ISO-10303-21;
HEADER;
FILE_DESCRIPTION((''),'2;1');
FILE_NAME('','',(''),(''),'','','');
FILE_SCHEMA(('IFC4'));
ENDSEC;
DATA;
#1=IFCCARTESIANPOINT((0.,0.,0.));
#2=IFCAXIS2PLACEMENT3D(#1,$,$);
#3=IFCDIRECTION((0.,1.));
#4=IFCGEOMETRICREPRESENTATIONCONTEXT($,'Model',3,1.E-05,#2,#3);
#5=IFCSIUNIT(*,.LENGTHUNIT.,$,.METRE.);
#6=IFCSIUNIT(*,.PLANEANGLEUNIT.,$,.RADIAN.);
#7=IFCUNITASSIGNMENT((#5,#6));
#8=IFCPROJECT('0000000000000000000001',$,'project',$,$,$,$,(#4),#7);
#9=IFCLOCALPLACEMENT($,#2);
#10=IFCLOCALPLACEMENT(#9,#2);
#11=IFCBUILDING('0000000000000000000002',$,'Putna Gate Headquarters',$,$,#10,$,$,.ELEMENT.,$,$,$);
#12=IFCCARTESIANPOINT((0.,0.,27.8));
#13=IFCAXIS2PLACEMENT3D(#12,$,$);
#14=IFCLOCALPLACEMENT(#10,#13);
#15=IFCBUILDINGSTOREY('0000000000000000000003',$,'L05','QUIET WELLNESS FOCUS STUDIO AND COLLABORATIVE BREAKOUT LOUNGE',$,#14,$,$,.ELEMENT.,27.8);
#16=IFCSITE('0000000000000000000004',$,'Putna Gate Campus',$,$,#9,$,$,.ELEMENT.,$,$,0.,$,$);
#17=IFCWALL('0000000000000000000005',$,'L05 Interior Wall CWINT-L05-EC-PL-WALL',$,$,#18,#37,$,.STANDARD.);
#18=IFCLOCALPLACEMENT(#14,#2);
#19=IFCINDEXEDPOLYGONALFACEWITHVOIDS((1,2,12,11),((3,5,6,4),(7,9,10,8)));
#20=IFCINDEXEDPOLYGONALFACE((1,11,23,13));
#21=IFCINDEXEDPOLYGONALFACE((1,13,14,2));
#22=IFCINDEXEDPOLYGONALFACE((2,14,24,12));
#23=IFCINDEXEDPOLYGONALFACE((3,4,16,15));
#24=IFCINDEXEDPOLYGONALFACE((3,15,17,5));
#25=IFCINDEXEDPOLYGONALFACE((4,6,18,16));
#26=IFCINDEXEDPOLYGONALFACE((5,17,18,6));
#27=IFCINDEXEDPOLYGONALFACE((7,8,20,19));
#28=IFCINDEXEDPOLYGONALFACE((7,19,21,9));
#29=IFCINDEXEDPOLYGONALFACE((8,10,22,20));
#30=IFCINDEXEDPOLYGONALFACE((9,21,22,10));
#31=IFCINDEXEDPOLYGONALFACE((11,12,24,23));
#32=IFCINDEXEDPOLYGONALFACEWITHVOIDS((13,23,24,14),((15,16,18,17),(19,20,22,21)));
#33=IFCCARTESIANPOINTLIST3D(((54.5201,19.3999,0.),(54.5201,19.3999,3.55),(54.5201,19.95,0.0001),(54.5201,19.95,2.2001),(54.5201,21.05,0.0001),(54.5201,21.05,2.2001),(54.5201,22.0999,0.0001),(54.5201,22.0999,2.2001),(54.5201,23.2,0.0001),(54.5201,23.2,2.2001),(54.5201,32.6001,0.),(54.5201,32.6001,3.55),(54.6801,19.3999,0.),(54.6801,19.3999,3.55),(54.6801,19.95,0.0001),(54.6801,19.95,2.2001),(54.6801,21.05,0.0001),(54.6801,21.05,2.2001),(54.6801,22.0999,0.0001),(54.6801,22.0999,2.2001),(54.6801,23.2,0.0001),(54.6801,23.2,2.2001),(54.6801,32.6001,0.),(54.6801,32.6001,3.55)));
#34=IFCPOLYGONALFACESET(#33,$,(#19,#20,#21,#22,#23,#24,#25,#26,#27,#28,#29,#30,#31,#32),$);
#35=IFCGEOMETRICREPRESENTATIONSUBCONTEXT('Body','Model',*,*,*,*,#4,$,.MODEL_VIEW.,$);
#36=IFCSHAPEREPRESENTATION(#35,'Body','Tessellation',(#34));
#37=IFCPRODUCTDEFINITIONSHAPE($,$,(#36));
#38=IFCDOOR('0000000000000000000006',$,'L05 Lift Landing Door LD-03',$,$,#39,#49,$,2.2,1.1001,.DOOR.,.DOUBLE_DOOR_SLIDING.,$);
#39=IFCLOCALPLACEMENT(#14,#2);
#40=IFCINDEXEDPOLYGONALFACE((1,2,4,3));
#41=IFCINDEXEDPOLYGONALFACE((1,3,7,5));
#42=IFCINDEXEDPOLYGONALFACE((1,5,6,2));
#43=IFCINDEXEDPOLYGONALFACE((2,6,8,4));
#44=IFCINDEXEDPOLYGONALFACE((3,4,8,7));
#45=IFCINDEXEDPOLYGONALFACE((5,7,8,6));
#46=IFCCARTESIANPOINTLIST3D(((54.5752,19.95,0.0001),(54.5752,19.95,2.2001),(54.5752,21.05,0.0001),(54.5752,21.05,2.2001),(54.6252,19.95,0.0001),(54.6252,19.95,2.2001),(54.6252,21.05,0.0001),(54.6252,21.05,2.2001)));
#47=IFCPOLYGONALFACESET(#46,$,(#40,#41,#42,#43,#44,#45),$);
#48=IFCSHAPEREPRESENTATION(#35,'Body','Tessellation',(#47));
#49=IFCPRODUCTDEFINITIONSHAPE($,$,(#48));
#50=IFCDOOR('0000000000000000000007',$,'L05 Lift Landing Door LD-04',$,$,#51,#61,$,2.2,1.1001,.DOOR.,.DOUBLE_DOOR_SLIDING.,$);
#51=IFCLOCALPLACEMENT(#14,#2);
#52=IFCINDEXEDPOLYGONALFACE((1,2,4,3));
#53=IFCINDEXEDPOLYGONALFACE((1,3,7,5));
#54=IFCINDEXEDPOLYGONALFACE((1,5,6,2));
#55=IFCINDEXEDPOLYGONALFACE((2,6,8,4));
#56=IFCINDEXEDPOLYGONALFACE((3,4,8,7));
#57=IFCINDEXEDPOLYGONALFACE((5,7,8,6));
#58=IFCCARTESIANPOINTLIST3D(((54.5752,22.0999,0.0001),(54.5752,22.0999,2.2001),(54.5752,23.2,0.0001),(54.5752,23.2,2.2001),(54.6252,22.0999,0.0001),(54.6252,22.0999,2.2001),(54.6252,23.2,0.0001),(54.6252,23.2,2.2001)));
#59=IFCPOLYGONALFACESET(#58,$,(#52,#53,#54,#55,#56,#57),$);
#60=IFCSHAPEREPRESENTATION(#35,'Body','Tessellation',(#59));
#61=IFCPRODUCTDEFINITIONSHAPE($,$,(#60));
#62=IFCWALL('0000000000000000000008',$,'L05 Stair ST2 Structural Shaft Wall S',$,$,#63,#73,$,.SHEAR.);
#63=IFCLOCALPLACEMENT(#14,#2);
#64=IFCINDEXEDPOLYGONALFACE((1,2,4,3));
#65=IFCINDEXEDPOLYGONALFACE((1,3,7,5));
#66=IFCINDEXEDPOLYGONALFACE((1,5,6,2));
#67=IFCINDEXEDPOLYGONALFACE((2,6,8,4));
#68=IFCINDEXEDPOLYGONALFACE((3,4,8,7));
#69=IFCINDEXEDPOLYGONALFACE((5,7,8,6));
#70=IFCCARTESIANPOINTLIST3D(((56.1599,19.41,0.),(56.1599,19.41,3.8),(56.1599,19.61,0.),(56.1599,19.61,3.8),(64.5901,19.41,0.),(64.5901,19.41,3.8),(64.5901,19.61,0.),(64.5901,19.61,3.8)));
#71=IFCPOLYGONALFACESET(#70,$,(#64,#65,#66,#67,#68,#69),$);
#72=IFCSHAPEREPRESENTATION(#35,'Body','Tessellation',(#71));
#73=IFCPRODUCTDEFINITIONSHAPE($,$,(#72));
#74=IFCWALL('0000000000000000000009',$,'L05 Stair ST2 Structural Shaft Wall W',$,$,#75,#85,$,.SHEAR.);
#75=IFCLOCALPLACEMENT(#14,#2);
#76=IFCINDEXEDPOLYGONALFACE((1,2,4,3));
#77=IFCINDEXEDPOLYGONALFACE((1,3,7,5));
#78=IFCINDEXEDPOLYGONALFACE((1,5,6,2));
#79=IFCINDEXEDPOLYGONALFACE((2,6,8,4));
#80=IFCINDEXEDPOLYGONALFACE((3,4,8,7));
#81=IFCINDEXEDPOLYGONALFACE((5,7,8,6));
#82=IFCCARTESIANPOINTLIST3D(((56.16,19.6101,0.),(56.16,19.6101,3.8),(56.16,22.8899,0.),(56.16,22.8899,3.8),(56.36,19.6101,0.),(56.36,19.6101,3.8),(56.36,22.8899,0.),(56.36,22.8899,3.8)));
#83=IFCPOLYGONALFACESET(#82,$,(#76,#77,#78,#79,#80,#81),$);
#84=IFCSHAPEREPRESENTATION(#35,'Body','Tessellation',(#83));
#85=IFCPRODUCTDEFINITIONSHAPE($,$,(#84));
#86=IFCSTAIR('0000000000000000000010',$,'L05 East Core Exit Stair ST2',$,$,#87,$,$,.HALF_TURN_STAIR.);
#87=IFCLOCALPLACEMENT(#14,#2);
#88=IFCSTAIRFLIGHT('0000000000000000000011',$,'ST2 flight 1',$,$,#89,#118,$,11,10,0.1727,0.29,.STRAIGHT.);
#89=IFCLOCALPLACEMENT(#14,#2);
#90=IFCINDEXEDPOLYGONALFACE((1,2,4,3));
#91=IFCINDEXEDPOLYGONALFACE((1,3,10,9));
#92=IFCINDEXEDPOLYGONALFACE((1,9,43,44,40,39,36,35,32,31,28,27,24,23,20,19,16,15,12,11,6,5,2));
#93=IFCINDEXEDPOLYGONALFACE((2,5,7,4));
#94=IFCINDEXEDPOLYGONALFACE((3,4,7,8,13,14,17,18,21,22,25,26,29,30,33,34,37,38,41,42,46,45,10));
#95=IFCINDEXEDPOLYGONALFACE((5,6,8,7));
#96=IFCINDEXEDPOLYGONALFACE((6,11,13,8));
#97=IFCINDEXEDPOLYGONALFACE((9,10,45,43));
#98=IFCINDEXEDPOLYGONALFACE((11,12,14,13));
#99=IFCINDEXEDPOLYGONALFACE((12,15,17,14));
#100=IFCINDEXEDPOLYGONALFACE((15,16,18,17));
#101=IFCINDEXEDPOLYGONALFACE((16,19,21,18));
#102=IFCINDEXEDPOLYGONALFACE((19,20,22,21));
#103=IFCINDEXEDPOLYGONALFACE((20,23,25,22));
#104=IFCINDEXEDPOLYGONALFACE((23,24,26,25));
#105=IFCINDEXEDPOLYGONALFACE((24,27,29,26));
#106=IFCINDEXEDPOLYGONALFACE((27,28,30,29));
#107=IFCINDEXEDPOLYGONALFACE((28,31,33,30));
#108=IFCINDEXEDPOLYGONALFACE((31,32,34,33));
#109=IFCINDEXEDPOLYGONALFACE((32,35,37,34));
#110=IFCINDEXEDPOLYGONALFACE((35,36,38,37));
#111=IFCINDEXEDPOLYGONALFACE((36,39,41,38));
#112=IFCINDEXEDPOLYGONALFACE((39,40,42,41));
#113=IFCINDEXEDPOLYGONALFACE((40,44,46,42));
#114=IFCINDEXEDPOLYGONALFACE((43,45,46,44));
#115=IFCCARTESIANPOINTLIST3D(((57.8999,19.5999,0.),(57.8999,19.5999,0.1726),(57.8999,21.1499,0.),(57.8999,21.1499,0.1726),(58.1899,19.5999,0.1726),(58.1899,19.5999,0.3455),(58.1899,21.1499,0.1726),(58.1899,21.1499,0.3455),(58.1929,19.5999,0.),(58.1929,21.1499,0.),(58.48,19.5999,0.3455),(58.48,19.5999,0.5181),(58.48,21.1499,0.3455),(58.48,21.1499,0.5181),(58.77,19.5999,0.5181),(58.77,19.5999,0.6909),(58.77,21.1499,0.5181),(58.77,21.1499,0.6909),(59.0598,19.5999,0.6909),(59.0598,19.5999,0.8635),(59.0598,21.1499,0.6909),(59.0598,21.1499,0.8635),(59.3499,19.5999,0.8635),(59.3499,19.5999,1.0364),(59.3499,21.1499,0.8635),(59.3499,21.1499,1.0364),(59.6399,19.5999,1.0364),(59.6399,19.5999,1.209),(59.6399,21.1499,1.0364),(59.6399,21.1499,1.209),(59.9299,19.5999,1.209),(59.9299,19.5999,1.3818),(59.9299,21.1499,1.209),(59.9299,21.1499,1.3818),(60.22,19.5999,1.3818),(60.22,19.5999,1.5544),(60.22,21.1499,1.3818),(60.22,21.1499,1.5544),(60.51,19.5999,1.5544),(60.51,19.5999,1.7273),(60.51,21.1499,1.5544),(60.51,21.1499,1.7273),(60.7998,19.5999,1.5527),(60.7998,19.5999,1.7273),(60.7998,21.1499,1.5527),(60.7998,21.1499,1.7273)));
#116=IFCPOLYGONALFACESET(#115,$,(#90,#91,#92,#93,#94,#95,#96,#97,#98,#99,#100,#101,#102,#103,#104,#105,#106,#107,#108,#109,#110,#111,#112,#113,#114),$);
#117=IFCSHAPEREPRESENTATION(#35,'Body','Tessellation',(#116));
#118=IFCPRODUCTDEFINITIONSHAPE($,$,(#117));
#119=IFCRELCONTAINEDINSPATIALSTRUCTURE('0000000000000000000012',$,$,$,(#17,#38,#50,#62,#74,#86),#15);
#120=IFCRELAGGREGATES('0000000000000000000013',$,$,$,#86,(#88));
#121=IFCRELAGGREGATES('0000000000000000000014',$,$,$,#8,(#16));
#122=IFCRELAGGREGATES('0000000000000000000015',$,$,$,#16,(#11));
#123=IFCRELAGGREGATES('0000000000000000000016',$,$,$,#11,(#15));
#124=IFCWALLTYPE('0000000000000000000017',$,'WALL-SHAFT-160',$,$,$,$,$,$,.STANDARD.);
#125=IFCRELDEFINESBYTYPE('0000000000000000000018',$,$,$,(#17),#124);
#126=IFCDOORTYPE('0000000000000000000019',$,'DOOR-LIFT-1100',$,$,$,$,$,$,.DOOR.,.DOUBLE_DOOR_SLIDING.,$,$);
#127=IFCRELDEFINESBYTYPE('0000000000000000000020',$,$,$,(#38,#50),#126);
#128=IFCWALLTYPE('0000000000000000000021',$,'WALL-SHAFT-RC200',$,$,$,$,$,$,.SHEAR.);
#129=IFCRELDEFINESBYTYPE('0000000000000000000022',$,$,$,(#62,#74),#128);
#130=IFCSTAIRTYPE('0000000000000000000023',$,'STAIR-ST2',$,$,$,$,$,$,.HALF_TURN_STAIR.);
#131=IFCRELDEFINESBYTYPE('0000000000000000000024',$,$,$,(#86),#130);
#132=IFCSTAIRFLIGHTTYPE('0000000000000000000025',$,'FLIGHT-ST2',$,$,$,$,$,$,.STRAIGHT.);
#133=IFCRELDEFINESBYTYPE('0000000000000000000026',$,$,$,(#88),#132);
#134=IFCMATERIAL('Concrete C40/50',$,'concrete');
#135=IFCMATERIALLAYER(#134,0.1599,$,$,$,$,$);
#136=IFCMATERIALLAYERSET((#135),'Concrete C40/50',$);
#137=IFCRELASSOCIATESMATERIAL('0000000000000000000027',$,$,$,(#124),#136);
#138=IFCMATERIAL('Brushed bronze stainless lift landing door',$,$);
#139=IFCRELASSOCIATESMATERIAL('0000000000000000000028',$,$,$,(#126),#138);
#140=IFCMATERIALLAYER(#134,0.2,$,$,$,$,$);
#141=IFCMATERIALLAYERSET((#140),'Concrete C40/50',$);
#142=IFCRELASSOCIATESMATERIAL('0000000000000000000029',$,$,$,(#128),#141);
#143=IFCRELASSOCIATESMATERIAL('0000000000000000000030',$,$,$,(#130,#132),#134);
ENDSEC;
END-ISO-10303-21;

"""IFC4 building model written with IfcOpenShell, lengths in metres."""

from ifc_helpers import new_model, si_unit, direction, frame, frame_2d, origin, place, context, subcontext, project, spatial, polyline, rectangle, outline, extrude, material, layer, layer_set, type_object, element, fill, aggregate, save


model = new_model("IFC4")

# Units and contexts
model_context = context("Model", 3, precision=1e-05, world=origin(), true_north=direction((0.0, 1.0)))
body_context = subcontext(model_context, "Body", "Model", "MODEL_VIEW")
ifc_project = project(units=[si_unit("LENGTHUNIT", "METRE"), si_unit("PLANEANGLEUNIT", "RADIAN")], contexts=[model_context])

# Site, building, storey
site_placement = place(None, origin())
site = spatial("IfcSite", under=ifc_project, at=site_placement, Name="Putna Gate Campus", CompositionType="ELEMENT", RefElevation=0.0)
building_placement = place(site_placement, origin())
building = spatial("IfcBuilding", under=site, at=building_placement, Name="Putna Gate Headquarters", CompositionType="ELEMENT")
storey_placement = place(building_placement, frame((0.0, 0.0, 27.8)))
storey = spatial("IfcBuildingStorey", under=building, at=storey_placement, Name="L05", Description="QUIET WELLNESS FOCUS STUDIO AND COLLABORATIVE BREAKOUT LOUNGE", CompositionType="ELEMENT", Elevation=27.8)

# Wall, openings, doors
ifc_material_1 = material(Name="Concrete C40/50", Category="concrete")
ifc_layer_1 = layer(ifc_material_1, 0.1599)
ifc_layer_set_1 = layer_set([ifc_layer_1], Name="Concrete C40/50")
wall_type_1 = type_object("IfcWallType", Name="WALL-SHAFT-160", PredefinedType="STANDARD", material=ifc_layer_set_1)
wall_1_placement = place(storey_placement, frame((54.6001, 19.3999, 0.0), z_axis=(0.0, 0.0, 1.0), x_axis=(0.0, 1.0, 0.0)))
wall_1 = element("IfcWall", 1, at=wall_1_placement, inside=storey, type_object=wall_type_1, Name="L05 Interior Wall CWINT-L05-EC-PL-WALL", PredefinedType="STANDARD", context=body_context, shape_type="SweptSolid", body=[
    extrude(rectangle(XDim=13.2002, YDim=0.1599, at=frame_2d((6.6001, 0.0))), origin(), (0.0, 0.0, 1.0), 3.55),
])
opening_1_placement = place(wall_1_placement, frame((0.55, 0.0, 0.0)))
opening_1 = element("IfcOpeningElement", 2, at=opening_1_placement, cuts=wall_1, PredefinedType="OPENING", context=body_context, shape_type="SweptSolid", body=[
    extrude(rectangle(XDim=1.1001, YDim=2.2, at=frame_2d((0.55, 1.1001))), frame((0.0, 0.0898, 0.0), z_axis=(0.0, -1.0, 0.0), x_axis=(1.0, 0.0, 0.0)), (0.0, 0.0, 1.0), 0.1799),
])
opening_2_placement = place(wall_1_placement, frame((2.7, 0.0, 0.0)))
opening_2 = element("IfcOpeningElement", 3, at=opening_2_placement, cuts=wall_1, PredefinedType="OPENING", context=body_context, shape_type="SweptSolid", body=[
    extrude(rectangle(XDim=1.1001, YDim=2.2, at=frame_2d((0.55, 1.1001))), frame((0.0, 0.0898, 0.0), z_axis=(0.0, -1.0, 0.0), x_axis=(1.0, 0.0, 0.0)), (0.0, 0.0, 1.0), 0.1799),
])
ifc_material_2 = material(Name="Brushed bronze stainless lift landing door")
door_type_1 = type_object("IfcDoorType", Name="DOOR-LIFT-1100", OperationType="DOUBLE_DOOR_SLIDING", PredefinedType="DOOR", material=ifc_material_2)
door_1_placement = place(opening_1_placement, origin())
door_1 = element("IfcDoor", 4, at=door_1_placement, inside=storey, type_object=door_type_1, Name="L05 Lift Landing Door LD-03", OperationType="DOUBLE_DOOR_SLIDING", OverallHeight=2.2, OverallWidth=1.1001, PredefinedType="DOOR", context=body_context, shape_type="SweptSolid", body=[
    extrude(rectangle(XDim=1.1001, YDim=2.2, at=frame_2d((0.55, 1.1001))), frame((0.0, 0.0249, 0.0), z_axis=(0.0, -1.0, 0.0), x_axis=(1.0, 0.0, 0.0)), (0.0, 0.0, 1.0), 0.05),
])
fill(opening_1, door_1)
door_2_placement = place(opening_2_placement, origin())
door_2 = element("IfcDoor", 5, at=door_2_placement, inside=storey, type_object=door_type_1, Name="L05 Lift Landing Door LD-04", OperationType="DOUBLE_DOOR_SLIDING", OverallHeight=2.2, OverallWidth=1.1001, PredefinedType="DOOR", context=body_context, shape_type="SweptSolid", body=[
    extrude(rectangle(XDim=1.1001, YDim=2.2, at=frame_2d((0.55, 1.1001))), frame((0.0, 0.0249, 0.0), z_axis=(0.0, -1.0, 0.0), x_axis=(1.0, 0.0, 0.0)), (0.0, 0.0, 1.0), 0.05),
])
fill(opening_2, door_2)

# Walls
ifc_layer_2 = layer(ifc_material_1, 0.2)
ifc_layer_set_2 = layer_set([ifc_layer_2], Name="Concrete C40/50")
wall_type_2 = type_object("IfcWallType", Name="WALL-SHAFT-RC200", PredefinedType="SHEAR", material=ifc_layer_set_2)
wall_2_placement = place(storey_placement, frame((56.1599, 19.51, 0.0), z_axis=(0.0, 0.0, 1.0), x_axis=(1.0, 0.0, 0.0)))
element("IfcWall", 6, at=wall_2_placement, inside=storey, type_object=wall_type_2, Name="L05 Stair ST2 Structural Shaft Wall S", PredefinedType="SHEAR", context=body_context, shape_type="SweptSolid", body=[
    extrude(rectangle(XDim=8.4302, YDim=0.2, at=frame_2d((4.2151, 0.0))), origin(), (0.0, 0.0, 1.0), 3.8),
])
wall_3_placement = place(storey_placement, frame((56.26, 19.6101, 0.0), z_axis=(0.0, 0.0, 1.0), x_axis=(0.0, 1.0, 0.0)))
element("IfcWall", 7, at=wall_3_placement, inside=storey, type_object=wall_type_2, Name="L05 Stair ST2 Structural Shaft Wall W", PredefinedType="SHEAR", context=body_context, shape_type="SweptSolid", body=[
    extrude(rectangle(XDim=3.2798, YDim=0.2, at=frame_2d((1.6399, 0.0))), origin(), (0.0, 0.0, 1.0), 3.8),
])

# Stair, stair flight
stair_type = type_object("IfcStairType", Name="STAIR-ST2", PredefinedType="HALF_TURN_STAIR", material=ifc_material_1)
stair_placement = place(storey_placement, origin())
stair = element("IfcStair", 8, at=stair_placement, inside=storey, type_object=stair_type, Name="L05 East Core Exit Stair ST2", PredefinedType="HALF_TURN_STAIR")
stair_flight_type = type_object("IfcStairFlightType", Name="FLIGHT-ST2", PredefinedType="STRAIGHT", material=ifc_material_1)
stair_flight_placement = place(storey_placement, frame((57.8999, 20.375, 0.0), z_axis=(0.0, 0.0, 1.0), x_axis=(1.0, 0.0, 0.0)))
stair_flight = element("IfcStairFlight", 9, at=stair_flight_placement, type_object=stair_flight_type, Name="ST2 flight 1", NumberOfRisers=11, NumberOfTreads=10, PredefinedType="STRAIGHT", RiserHeight=0.1727, TreadLength=0.29, context=body_context, shape_type="SweptSolid", body=[
    extrude(outline(polyline([(0.0, 0.0), (0.0, 0.1726), (0.29, 0.1726), (0.29, 0.3455), (0.5801, 0.3455), (0.5801, 0.5181), (0.8701, 0.5181), (0.8701, 0.6909), (1.1599, 0.6909), (1.1599, 0.8635), (1.45, 0.8635), (1.45, 1.0364), (1.74, 1.0364), (1.74, 1.209), (2.03, 1.209), (2.03, 1.3818), (2.3201, 1.3818), (2.3201, 1.5544), (2.6101, 1.5544), (2.6101, 1.7273), (2.8999, 1.7273), (2.8999, 1.8999), (2.8999, 1.5527), (0.293, 0.0), (0.0, 0.0)])), frame((0.0, 0.7749, 0.0), z_axis=(0.0, -1.0, 0.0), x_axis=(1.0, 0.0, 0.0)), (0.0, 0.0, 1.0), 1.55),
])
aggregate(stair, [stair_flight])

save(model, "model.ifc")
